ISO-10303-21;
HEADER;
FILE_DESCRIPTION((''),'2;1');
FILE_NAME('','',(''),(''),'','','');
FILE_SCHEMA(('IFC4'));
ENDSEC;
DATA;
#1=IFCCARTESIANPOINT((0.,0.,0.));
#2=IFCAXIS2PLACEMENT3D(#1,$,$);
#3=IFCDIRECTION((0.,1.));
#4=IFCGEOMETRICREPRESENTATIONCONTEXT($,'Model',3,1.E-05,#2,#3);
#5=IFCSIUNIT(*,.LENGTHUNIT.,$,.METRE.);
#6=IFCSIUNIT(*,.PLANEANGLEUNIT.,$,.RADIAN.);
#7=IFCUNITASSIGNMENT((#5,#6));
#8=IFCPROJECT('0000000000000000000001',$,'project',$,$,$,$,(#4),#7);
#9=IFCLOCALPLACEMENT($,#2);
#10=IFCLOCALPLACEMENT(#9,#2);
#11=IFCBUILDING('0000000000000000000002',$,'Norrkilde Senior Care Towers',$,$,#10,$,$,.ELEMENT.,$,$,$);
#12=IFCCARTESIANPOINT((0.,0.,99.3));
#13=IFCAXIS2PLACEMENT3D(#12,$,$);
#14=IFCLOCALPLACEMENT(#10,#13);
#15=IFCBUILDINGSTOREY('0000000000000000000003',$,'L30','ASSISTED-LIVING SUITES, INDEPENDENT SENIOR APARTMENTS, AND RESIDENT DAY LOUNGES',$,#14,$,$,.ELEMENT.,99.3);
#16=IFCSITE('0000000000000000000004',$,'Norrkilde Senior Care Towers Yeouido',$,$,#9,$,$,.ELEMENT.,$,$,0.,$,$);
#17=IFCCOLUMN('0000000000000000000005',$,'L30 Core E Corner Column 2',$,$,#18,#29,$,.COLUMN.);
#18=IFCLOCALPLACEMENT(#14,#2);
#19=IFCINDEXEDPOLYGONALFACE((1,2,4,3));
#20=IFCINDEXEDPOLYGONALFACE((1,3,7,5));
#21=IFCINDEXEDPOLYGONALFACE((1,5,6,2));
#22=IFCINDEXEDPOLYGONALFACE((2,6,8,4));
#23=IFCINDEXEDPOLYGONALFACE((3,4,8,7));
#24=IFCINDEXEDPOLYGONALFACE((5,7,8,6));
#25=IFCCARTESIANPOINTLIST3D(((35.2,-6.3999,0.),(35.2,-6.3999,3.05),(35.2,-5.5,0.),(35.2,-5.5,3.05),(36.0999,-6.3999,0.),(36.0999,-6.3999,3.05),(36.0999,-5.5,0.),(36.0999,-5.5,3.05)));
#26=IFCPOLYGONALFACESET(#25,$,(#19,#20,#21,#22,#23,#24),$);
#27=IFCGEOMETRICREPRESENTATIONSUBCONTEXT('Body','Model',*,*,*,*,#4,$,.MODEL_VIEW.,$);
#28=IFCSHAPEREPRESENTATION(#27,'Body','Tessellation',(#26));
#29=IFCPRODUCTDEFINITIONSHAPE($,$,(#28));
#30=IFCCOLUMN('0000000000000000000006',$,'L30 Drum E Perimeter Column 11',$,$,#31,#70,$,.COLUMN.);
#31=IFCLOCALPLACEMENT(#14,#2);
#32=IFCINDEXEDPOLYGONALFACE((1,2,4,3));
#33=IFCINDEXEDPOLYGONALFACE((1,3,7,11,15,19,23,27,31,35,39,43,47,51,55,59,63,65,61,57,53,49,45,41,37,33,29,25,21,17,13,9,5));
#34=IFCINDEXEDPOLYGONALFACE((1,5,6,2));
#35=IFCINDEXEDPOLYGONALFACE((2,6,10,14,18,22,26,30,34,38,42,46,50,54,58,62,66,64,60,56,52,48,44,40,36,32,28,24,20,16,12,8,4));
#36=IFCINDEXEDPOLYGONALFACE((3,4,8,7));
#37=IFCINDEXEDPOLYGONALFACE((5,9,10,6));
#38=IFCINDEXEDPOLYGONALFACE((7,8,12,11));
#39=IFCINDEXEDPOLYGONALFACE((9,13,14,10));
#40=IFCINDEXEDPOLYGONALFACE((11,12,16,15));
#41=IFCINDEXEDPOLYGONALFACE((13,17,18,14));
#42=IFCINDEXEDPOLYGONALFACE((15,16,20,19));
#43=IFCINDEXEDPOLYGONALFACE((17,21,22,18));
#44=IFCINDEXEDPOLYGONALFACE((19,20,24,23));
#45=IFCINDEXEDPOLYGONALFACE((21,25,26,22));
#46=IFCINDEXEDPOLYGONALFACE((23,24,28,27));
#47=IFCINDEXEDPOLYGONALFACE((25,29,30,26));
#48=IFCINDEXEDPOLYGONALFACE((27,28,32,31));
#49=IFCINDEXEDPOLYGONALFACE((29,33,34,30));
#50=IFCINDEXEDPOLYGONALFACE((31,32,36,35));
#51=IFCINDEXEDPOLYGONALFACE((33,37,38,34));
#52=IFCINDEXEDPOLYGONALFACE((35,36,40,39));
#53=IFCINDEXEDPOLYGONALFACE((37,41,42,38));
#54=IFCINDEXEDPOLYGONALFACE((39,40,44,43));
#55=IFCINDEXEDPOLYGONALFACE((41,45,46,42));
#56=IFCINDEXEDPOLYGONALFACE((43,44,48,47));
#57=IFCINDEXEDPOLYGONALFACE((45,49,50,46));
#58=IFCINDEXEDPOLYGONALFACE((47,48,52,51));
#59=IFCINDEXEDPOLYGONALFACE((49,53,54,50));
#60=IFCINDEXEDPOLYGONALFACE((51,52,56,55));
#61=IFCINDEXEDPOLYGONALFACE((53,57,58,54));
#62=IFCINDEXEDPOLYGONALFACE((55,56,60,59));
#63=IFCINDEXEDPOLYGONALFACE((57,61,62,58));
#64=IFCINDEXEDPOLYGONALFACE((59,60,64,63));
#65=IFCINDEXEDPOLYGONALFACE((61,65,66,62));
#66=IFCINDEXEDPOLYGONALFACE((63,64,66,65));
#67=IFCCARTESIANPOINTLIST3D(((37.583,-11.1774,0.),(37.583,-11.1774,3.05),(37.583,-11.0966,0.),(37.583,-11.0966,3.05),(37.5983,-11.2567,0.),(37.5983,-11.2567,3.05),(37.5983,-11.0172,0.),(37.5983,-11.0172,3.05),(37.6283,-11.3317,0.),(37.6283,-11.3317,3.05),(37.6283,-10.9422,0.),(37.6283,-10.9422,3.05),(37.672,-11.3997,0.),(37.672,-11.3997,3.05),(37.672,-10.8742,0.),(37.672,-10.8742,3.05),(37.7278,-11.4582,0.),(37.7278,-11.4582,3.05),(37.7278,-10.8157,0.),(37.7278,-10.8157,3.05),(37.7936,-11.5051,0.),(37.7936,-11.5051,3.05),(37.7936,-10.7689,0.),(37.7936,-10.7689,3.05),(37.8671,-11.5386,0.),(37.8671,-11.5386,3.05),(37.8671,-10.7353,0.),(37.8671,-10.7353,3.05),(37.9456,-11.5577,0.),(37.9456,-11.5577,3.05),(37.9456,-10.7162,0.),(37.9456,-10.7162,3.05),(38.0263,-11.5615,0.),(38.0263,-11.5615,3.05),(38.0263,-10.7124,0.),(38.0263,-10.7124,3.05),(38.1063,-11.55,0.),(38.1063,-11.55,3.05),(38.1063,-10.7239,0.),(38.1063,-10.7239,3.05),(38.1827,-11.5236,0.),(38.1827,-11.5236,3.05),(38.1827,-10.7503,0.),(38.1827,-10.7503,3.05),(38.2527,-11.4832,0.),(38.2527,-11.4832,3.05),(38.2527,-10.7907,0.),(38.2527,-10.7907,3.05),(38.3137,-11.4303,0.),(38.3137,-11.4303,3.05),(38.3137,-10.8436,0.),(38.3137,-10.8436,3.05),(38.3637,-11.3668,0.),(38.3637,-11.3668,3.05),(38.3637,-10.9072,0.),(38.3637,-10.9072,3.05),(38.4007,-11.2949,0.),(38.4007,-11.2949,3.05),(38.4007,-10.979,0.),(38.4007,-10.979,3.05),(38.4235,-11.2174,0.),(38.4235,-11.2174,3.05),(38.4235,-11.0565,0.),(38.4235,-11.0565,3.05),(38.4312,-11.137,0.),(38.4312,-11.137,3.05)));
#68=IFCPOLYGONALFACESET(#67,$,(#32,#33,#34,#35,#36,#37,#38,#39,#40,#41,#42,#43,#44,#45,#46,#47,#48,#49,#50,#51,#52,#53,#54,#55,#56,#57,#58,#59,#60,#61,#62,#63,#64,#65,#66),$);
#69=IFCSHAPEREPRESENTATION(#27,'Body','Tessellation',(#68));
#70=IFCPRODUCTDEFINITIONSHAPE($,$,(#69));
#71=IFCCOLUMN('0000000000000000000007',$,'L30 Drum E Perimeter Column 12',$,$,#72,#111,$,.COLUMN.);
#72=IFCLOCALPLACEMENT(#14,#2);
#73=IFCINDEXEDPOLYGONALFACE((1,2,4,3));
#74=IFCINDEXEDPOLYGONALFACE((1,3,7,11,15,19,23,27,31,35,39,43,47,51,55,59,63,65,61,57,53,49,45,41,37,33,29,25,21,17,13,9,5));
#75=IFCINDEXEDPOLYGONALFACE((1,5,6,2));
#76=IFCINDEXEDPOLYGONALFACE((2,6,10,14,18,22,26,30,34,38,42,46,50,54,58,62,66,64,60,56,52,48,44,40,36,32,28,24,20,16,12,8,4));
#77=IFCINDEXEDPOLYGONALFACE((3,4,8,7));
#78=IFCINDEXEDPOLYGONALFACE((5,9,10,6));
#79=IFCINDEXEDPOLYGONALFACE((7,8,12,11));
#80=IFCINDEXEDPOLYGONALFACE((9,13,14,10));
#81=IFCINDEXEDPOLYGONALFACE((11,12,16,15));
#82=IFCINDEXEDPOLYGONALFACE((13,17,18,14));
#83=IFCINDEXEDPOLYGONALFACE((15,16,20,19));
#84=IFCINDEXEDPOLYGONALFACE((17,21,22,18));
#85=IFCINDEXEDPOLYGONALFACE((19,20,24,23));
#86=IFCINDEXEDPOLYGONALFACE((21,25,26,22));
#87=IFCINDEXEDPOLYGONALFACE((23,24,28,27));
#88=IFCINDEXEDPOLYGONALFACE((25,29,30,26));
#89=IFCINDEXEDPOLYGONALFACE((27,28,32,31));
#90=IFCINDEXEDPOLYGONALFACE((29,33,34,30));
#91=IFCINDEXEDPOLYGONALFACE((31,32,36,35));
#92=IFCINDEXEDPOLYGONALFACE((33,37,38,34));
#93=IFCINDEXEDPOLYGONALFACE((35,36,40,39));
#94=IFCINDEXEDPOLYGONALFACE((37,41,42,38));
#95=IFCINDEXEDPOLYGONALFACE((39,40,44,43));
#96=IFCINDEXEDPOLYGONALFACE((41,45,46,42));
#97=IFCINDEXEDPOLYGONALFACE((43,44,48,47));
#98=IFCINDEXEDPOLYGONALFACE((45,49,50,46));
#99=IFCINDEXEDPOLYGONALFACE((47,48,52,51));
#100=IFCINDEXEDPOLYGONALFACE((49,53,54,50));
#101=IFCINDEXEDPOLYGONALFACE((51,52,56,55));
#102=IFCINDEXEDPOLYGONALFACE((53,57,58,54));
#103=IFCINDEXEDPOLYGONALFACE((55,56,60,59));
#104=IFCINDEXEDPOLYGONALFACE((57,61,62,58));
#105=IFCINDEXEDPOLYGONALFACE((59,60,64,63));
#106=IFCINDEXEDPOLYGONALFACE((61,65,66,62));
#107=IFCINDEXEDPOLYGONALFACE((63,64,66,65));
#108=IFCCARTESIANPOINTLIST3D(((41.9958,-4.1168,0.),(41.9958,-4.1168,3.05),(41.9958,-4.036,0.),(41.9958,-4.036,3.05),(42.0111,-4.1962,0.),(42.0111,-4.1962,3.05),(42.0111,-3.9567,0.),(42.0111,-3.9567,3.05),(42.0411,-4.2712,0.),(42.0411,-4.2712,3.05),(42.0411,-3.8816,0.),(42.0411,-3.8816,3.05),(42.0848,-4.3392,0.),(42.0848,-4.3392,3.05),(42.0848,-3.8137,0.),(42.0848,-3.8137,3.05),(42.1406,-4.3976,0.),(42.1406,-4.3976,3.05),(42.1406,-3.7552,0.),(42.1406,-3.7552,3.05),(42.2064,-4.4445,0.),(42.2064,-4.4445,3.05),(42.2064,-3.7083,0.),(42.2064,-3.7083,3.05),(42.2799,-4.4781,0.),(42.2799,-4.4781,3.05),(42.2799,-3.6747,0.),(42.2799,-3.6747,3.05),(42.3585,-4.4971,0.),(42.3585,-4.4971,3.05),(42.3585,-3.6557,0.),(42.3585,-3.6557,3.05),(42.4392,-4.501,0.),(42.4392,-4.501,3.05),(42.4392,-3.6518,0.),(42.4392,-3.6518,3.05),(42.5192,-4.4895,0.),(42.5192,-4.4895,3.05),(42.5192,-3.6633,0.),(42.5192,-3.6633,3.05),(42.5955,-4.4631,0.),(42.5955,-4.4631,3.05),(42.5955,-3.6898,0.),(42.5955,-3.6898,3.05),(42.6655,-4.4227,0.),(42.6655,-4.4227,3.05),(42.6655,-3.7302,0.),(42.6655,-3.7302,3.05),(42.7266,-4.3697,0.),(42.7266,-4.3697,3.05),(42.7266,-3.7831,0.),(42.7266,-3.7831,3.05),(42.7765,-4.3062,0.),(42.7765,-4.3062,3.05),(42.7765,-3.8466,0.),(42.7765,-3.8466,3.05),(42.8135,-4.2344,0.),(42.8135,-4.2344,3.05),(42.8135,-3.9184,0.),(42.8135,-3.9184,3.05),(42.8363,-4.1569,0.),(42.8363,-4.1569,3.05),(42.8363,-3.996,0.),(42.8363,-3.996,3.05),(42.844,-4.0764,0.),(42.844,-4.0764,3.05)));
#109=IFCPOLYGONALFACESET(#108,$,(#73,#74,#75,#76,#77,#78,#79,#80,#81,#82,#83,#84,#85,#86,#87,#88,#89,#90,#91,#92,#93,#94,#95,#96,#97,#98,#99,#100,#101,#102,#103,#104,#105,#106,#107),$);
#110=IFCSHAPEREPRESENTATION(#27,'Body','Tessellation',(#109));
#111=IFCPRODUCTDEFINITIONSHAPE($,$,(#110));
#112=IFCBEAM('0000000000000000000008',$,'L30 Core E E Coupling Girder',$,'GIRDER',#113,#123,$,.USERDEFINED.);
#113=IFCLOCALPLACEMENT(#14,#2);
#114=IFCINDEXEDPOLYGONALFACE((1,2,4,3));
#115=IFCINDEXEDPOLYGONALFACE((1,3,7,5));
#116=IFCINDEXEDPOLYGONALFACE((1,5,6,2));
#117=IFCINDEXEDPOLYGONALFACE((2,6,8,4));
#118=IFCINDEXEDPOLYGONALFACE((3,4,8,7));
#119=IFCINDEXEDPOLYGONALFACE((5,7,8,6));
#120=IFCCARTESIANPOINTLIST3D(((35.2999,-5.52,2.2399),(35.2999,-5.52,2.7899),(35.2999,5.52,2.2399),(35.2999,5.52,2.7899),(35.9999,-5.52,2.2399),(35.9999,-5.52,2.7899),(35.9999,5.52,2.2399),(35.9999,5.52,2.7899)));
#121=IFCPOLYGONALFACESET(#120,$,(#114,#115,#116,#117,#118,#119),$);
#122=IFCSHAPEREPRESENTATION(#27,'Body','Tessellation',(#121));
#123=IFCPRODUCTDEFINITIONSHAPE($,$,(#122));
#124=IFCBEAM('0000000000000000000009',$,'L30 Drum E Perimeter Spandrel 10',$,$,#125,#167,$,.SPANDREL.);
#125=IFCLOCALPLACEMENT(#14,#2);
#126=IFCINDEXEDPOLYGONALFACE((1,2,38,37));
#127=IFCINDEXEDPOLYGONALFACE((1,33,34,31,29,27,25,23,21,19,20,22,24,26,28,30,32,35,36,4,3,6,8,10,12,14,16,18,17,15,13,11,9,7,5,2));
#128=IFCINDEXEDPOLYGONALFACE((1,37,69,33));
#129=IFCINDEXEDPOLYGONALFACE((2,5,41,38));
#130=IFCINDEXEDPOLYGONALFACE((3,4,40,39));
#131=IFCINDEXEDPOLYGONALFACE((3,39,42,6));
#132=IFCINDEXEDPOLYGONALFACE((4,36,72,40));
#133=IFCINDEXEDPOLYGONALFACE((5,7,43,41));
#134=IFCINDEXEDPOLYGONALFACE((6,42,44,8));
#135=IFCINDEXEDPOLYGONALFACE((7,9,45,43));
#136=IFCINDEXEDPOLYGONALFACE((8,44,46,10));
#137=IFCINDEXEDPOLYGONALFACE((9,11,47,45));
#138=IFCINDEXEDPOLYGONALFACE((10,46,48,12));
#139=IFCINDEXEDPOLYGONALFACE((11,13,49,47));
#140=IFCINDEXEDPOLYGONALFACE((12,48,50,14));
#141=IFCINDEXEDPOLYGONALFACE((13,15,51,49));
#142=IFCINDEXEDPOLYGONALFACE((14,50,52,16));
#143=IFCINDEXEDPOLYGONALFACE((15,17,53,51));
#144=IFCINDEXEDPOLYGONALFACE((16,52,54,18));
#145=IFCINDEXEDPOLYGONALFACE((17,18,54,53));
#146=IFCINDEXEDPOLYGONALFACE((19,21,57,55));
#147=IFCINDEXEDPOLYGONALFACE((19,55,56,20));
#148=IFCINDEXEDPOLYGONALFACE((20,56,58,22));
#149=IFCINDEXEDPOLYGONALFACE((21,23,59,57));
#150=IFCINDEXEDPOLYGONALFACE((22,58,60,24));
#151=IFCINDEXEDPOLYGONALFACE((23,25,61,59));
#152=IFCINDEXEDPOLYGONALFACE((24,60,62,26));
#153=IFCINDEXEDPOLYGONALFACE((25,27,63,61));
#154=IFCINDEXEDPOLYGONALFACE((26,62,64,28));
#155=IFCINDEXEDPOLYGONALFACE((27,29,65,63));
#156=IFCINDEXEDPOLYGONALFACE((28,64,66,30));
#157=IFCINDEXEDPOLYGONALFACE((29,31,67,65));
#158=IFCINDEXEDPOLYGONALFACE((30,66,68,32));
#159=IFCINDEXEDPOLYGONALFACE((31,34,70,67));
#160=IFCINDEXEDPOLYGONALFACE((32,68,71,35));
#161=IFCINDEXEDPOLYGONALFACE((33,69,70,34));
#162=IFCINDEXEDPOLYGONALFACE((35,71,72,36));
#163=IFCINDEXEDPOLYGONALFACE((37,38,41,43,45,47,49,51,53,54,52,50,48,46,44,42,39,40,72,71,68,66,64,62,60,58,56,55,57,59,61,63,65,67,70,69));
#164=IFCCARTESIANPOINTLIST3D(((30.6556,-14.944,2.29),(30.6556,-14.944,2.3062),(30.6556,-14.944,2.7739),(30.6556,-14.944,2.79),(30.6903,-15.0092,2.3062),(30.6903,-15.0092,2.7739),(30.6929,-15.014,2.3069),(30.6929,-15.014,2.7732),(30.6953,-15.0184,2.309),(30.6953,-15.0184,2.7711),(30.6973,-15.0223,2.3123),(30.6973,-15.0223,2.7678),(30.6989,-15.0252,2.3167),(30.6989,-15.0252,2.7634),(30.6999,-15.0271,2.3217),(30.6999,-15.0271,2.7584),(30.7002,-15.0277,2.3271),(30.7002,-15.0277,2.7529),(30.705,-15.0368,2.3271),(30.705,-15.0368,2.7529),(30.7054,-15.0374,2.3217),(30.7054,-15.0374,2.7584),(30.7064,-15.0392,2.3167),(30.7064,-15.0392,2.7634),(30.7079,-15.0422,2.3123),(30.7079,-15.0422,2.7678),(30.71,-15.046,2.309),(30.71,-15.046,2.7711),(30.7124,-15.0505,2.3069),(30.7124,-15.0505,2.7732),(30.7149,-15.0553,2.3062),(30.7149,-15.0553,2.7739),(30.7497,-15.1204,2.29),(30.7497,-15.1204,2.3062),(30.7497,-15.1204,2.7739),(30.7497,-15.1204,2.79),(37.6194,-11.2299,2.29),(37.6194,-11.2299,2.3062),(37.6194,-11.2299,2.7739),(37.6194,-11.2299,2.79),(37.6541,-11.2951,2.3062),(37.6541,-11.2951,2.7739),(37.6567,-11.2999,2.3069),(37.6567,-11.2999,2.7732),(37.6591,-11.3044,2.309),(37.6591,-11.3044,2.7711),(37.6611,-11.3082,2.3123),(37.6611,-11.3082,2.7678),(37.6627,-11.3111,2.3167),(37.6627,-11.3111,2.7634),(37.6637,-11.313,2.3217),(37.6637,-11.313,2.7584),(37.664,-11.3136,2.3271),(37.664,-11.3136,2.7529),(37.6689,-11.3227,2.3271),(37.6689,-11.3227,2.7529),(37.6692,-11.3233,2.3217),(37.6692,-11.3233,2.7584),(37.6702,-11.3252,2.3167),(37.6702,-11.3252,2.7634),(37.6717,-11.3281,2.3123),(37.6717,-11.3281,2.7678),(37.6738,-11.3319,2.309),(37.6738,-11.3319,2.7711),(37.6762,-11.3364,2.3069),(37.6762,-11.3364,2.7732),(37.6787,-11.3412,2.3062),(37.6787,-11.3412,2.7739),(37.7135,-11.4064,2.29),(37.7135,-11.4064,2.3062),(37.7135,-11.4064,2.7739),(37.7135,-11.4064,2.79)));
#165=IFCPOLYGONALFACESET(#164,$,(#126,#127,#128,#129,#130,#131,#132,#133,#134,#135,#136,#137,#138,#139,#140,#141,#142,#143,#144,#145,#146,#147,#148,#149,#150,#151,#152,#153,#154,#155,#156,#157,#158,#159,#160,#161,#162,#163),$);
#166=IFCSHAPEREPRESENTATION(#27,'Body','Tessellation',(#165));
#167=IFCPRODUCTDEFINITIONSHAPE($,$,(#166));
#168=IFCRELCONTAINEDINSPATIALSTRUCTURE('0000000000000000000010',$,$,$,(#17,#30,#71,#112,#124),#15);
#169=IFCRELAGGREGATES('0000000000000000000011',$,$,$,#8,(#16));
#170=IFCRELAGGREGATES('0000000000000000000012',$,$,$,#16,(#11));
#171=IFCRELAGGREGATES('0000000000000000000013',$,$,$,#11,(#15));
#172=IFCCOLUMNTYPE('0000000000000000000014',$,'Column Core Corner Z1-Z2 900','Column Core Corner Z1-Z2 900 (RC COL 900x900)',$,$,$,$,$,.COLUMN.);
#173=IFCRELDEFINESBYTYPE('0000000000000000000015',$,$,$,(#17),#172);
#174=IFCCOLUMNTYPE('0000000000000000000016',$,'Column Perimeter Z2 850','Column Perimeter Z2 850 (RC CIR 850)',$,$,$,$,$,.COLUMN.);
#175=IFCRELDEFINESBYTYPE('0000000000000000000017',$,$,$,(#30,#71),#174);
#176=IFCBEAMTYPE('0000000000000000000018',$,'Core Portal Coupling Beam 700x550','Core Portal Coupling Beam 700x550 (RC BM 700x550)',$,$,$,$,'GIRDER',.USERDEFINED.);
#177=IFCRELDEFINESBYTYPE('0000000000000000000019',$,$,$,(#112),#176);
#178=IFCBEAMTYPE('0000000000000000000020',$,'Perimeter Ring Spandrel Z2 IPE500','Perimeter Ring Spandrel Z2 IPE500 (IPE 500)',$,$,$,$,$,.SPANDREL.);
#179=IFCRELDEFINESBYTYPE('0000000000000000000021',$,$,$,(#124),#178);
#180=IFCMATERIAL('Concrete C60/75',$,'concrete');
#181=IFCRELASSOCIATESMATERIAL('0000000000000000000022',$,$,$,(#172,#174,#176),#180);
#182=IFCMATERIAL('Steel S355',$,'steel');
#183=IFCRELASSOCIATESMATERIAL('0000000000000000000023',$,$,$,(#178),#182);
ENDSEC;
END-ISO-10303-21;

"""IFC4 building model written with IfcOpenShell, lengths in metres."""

from ifc_helpers import new_model, si_unit, direction, frame, origin, origin_2d, place, context, subcontext, project, spatial, rectangle, circle, i_section, extrude, source, transform, mapped, material, material_profile, profile_set, type_object, type_shapes, element, save


model = new_model("IFC4")

# Units and contexts
model_context = context("Model", 3, precision=1e-05, world=origin(), true_north=direction((0.0, 1.0)))
body_context = subcontext(model_context, "Body", "Model", "MODEL_VIEW")
ifc_project = project(units=[si_unit("LENGTHUNIT", "METRE"), si_unit("PLANEANGLEUNIT", "RADIAN")], contexts=[model_context])

# Site, building, storey
site_placement = place(None, origin())
site = spatial("IfcSite", under=ifc_project, at=site_placement, Name="Norrkilde Senior Care Towers Yeouido", CompositionType="ELEMENT", RefElevation=0.0)
building_placement = place(site_placement, origin())
building = spatial("IfcBuilding", under=site, at=building_placement, Name="Norrkilde Senior Care Towers", CompositionType="ELEMENT")
storey_placement = place(building_placement, frame((0.0, 0.0, 99.3)))
storey = spatial("IfcBuildingStorey", under=building, at=storey_placement, Name="L30", Description="ASSISTED-LIVING SUITES, INDEPENDENT SENIOR APARTMENTS, AND RESIDENT DAY LOUNGES", CompositionType="ELEMENT", Elevation=99.3)

# Columns
ifc_material_1 = material(Name="Concrete C60/75", Category="concrete")
ifc_material_profile_1 = material_profile(ifc_material_1, rectangle(XDim=0.8999, YDim=0.8999, at=origin_2d()), Name="RC COL 900x900")
ifc_profile_set_1 = profile_set([ifc_material_profile_1], Name="Concrete C60/75")
column_type_1 = type_object("IfcColumnType", Name="Column Core Corner Z1-Z2 900", Description="Column Core Corner Z1-Z2 900 (RC COL 900x900)", PredefinedType="COLUMN", material=ifc_profile_set_1)
shared_shape_1 = source(origin(), body_context, "Body", "SweptSolid", [
    extrude(rectangle(XDim=0.8999, YDim=0.8999, at=origin_2d()), origin(), (0.0, 0.0, 1.0), 3.05),
])
type_shapes(column_type_1, [shared_shape_1])
column_placement = place(storey_placement, frame((35.6499, -5.95, 0.0), z_axis=(0.0, 0.0, 1.0), x_axis=(1.0, 0.0, 0.0)))
element("IfcColumn", 1, at=column_placement, inside=storey, type_object=column_type_1, Name="L30 Core E Corner Column 2", PredefinedType="COLUMN", context=body_context, shape_type="MappedRepresentation", body=[
    mapped(shared_shape_1, transform((0.0, 0.0, 0.0), x_axis=(1.0, 0.0, 0.0), y_axis=(0.0, 1.0, 0.0), z_axis=(0.0, 0.0, 1.0), scale=1.0)),
])
ifc_material_profile_2 = material_profile(ifc_material_1, circle(Radius=0.425, at=origin_2d()), Name="RC CIR 850")
ifc_profile_set_2 = profile_set([ifc_material_profile_2], Name="Concrete C60/75")
column_type_2 = type_object("IfcColumnType", Name="Column Perimeter Z2 850", Description="Column Perimeter Z2 850 (RC CIR 850)", PredefinedType="COLUMN", material=ifc_profile_set_2)
shared_shape_2 = source(origin(), body_context, "Body", "SweptSolid", [
    extrude(circle(Radius=0.425, at=origin_2d()), origin(), (0.0, 0.0, 1.0), 3.05),
])
type_shapes(column_type_2, [shared_shape_2])
for number, where, z_axis, x_axis, name in (
    (2, (38.0061, -11.137, 0.0), (0.0, 0.0, 1.0), (1.0, 0.0, 0.0), "L30 Drum E Perimeter Column 11"),
    (3, (42.4189, -4.0764, 0.0), (0.0, 0.0, 1.0), (1.0, 0.0, 0.0), "L30 Drum E Perimeter Column 12"),
):
    element("IfcColumn", number, at=place(storey_placement, frame(where, z_axis=z_axis, x_axis=x_axis)), inside=storey, type_object=column_type_2, Name=name, PredefinedType="COLUMN", context=body_context, shape_type="MappedRepresentation", body=[
        mapped(shared_shape_2, transform((0.0, 0.0, 0.0), x_axis=(1.0, 0.0, 0.0), y_axis=(0.0, 1.0, 0.0), z_axis=(0.0, 0.0, 1.0), scale=1.0)),
    ])

# Beams
ifc_material_profile_3 = material_profile(ifc_material_1, rectangle(XDim=0.7, YDim=0.55, at=origin_2d()), Name="RC BM 700x550")
ifc_profile_set_3 = profile_set([ifc_material_profile_3], Name="Concrete C60/75")
beam_type_1 = type_object("IfcBeamType", Name="Core Portal Coupling Beam 700x550", Description="Core Portal Coupling Beam 700x550 (RC BM 700x550)", ElementType="GIRDER", PredefinedType="USERDEFINED", material=ifc_profile_set_3)
shared_shape_3 = source(origin(), body_context, "Body", "SweptSolid", [
    extrude(rectangle(XDim=0.7, YDim=0.55, at=origin_2d()), origin(), (0.0, 0.0, 1.0), 11.04),
])
type_shapes(beam_type_1, [shared_shape_3])
beam_1_placement = place(storey_placement, frame((35.6499, -5.52, 2.5149), z_axis=(0.0, 1.0, 0.0), x_axis=(-1.0, 0.0, 0.0)))
element("IfcBeam", 4, at=beam_1_placement, inside=storey, type_object=beam_type_1, Name="L30 Core E E Coupling Girder", ObjectType="GIRDER", PredefinedType="USERDEFINED", context=body_context, shape_type="MappedRepresentation", body=[
    mapped(shared_shape_3, transform((0.0, 0.0, 0.0), x_axis=(1.0, 0.0, 0.0), y_axis=(0.0, 1.0, 0.0), z_axis=(0.0, 0.0, 1.0), scale=1.0)),
])
ifc_material_2 = material(Name="Steel S355", Category="steel")
ifc_material_profile_4 = material_profile(ifc_material_2, i_section(OverallWidth=0.2, OverallDepth=0.5, WebThickness=0.0103, FlangeThickness=0.0161, FilletRadius=0.021, at=origin_2d()), Name="IPE 500")
ifc_profile_set_4 = profile_set([ifc_material_profile_4], Name="Steel S355")
beam_type_2 = type_object("IfcBeamType", Name="Perimeter Ring Spandrel Z2 IPE500", Description="Perimeter Ring Spandrel Z2 IPE500 (IPE 500)", PredefinedType="SPANDREL", material=ifc_profile_set_4)
shared_shape_4 = source(origin(), body_context, "Body", "SweptSolid", [
    extrude(i_section(OverallWidth=0.2, OverallDepth=0.5, WebThickness=0.0103, FlangeThickness=0.0161, FilletRadius=0.021, at=origin_2d()), origin(), (0.0, 0.0, 1.0), 7.8923),
])
beam_2_placement = place(storey_placement, frame((30.7026, -15.0322, 2.54), z_axis=(0.88235, 0.470593, 0.0), x_axis=(-0.470593, 0.88235, 0.0)))
element("IfcBeam", 5, at=beam_2_placement, inside=storey, type_object=beam_type_2, Name="L30 Drum E Perimeter Spandrel 10", PredefinedType="SPANDREL", context=body_context, shape_type="MappedRepresentation", body=[
    mapped(shared_shape_4, transform((0.0, 0.0, 0.0), x_axis=(1.0, 0.0, 0.0), y_axis=(0.0, 1.0, 0.0), z_axis=(0.0, 0.0, 1.0), scale=1.0)),
])

save(model, "model.ifc")
